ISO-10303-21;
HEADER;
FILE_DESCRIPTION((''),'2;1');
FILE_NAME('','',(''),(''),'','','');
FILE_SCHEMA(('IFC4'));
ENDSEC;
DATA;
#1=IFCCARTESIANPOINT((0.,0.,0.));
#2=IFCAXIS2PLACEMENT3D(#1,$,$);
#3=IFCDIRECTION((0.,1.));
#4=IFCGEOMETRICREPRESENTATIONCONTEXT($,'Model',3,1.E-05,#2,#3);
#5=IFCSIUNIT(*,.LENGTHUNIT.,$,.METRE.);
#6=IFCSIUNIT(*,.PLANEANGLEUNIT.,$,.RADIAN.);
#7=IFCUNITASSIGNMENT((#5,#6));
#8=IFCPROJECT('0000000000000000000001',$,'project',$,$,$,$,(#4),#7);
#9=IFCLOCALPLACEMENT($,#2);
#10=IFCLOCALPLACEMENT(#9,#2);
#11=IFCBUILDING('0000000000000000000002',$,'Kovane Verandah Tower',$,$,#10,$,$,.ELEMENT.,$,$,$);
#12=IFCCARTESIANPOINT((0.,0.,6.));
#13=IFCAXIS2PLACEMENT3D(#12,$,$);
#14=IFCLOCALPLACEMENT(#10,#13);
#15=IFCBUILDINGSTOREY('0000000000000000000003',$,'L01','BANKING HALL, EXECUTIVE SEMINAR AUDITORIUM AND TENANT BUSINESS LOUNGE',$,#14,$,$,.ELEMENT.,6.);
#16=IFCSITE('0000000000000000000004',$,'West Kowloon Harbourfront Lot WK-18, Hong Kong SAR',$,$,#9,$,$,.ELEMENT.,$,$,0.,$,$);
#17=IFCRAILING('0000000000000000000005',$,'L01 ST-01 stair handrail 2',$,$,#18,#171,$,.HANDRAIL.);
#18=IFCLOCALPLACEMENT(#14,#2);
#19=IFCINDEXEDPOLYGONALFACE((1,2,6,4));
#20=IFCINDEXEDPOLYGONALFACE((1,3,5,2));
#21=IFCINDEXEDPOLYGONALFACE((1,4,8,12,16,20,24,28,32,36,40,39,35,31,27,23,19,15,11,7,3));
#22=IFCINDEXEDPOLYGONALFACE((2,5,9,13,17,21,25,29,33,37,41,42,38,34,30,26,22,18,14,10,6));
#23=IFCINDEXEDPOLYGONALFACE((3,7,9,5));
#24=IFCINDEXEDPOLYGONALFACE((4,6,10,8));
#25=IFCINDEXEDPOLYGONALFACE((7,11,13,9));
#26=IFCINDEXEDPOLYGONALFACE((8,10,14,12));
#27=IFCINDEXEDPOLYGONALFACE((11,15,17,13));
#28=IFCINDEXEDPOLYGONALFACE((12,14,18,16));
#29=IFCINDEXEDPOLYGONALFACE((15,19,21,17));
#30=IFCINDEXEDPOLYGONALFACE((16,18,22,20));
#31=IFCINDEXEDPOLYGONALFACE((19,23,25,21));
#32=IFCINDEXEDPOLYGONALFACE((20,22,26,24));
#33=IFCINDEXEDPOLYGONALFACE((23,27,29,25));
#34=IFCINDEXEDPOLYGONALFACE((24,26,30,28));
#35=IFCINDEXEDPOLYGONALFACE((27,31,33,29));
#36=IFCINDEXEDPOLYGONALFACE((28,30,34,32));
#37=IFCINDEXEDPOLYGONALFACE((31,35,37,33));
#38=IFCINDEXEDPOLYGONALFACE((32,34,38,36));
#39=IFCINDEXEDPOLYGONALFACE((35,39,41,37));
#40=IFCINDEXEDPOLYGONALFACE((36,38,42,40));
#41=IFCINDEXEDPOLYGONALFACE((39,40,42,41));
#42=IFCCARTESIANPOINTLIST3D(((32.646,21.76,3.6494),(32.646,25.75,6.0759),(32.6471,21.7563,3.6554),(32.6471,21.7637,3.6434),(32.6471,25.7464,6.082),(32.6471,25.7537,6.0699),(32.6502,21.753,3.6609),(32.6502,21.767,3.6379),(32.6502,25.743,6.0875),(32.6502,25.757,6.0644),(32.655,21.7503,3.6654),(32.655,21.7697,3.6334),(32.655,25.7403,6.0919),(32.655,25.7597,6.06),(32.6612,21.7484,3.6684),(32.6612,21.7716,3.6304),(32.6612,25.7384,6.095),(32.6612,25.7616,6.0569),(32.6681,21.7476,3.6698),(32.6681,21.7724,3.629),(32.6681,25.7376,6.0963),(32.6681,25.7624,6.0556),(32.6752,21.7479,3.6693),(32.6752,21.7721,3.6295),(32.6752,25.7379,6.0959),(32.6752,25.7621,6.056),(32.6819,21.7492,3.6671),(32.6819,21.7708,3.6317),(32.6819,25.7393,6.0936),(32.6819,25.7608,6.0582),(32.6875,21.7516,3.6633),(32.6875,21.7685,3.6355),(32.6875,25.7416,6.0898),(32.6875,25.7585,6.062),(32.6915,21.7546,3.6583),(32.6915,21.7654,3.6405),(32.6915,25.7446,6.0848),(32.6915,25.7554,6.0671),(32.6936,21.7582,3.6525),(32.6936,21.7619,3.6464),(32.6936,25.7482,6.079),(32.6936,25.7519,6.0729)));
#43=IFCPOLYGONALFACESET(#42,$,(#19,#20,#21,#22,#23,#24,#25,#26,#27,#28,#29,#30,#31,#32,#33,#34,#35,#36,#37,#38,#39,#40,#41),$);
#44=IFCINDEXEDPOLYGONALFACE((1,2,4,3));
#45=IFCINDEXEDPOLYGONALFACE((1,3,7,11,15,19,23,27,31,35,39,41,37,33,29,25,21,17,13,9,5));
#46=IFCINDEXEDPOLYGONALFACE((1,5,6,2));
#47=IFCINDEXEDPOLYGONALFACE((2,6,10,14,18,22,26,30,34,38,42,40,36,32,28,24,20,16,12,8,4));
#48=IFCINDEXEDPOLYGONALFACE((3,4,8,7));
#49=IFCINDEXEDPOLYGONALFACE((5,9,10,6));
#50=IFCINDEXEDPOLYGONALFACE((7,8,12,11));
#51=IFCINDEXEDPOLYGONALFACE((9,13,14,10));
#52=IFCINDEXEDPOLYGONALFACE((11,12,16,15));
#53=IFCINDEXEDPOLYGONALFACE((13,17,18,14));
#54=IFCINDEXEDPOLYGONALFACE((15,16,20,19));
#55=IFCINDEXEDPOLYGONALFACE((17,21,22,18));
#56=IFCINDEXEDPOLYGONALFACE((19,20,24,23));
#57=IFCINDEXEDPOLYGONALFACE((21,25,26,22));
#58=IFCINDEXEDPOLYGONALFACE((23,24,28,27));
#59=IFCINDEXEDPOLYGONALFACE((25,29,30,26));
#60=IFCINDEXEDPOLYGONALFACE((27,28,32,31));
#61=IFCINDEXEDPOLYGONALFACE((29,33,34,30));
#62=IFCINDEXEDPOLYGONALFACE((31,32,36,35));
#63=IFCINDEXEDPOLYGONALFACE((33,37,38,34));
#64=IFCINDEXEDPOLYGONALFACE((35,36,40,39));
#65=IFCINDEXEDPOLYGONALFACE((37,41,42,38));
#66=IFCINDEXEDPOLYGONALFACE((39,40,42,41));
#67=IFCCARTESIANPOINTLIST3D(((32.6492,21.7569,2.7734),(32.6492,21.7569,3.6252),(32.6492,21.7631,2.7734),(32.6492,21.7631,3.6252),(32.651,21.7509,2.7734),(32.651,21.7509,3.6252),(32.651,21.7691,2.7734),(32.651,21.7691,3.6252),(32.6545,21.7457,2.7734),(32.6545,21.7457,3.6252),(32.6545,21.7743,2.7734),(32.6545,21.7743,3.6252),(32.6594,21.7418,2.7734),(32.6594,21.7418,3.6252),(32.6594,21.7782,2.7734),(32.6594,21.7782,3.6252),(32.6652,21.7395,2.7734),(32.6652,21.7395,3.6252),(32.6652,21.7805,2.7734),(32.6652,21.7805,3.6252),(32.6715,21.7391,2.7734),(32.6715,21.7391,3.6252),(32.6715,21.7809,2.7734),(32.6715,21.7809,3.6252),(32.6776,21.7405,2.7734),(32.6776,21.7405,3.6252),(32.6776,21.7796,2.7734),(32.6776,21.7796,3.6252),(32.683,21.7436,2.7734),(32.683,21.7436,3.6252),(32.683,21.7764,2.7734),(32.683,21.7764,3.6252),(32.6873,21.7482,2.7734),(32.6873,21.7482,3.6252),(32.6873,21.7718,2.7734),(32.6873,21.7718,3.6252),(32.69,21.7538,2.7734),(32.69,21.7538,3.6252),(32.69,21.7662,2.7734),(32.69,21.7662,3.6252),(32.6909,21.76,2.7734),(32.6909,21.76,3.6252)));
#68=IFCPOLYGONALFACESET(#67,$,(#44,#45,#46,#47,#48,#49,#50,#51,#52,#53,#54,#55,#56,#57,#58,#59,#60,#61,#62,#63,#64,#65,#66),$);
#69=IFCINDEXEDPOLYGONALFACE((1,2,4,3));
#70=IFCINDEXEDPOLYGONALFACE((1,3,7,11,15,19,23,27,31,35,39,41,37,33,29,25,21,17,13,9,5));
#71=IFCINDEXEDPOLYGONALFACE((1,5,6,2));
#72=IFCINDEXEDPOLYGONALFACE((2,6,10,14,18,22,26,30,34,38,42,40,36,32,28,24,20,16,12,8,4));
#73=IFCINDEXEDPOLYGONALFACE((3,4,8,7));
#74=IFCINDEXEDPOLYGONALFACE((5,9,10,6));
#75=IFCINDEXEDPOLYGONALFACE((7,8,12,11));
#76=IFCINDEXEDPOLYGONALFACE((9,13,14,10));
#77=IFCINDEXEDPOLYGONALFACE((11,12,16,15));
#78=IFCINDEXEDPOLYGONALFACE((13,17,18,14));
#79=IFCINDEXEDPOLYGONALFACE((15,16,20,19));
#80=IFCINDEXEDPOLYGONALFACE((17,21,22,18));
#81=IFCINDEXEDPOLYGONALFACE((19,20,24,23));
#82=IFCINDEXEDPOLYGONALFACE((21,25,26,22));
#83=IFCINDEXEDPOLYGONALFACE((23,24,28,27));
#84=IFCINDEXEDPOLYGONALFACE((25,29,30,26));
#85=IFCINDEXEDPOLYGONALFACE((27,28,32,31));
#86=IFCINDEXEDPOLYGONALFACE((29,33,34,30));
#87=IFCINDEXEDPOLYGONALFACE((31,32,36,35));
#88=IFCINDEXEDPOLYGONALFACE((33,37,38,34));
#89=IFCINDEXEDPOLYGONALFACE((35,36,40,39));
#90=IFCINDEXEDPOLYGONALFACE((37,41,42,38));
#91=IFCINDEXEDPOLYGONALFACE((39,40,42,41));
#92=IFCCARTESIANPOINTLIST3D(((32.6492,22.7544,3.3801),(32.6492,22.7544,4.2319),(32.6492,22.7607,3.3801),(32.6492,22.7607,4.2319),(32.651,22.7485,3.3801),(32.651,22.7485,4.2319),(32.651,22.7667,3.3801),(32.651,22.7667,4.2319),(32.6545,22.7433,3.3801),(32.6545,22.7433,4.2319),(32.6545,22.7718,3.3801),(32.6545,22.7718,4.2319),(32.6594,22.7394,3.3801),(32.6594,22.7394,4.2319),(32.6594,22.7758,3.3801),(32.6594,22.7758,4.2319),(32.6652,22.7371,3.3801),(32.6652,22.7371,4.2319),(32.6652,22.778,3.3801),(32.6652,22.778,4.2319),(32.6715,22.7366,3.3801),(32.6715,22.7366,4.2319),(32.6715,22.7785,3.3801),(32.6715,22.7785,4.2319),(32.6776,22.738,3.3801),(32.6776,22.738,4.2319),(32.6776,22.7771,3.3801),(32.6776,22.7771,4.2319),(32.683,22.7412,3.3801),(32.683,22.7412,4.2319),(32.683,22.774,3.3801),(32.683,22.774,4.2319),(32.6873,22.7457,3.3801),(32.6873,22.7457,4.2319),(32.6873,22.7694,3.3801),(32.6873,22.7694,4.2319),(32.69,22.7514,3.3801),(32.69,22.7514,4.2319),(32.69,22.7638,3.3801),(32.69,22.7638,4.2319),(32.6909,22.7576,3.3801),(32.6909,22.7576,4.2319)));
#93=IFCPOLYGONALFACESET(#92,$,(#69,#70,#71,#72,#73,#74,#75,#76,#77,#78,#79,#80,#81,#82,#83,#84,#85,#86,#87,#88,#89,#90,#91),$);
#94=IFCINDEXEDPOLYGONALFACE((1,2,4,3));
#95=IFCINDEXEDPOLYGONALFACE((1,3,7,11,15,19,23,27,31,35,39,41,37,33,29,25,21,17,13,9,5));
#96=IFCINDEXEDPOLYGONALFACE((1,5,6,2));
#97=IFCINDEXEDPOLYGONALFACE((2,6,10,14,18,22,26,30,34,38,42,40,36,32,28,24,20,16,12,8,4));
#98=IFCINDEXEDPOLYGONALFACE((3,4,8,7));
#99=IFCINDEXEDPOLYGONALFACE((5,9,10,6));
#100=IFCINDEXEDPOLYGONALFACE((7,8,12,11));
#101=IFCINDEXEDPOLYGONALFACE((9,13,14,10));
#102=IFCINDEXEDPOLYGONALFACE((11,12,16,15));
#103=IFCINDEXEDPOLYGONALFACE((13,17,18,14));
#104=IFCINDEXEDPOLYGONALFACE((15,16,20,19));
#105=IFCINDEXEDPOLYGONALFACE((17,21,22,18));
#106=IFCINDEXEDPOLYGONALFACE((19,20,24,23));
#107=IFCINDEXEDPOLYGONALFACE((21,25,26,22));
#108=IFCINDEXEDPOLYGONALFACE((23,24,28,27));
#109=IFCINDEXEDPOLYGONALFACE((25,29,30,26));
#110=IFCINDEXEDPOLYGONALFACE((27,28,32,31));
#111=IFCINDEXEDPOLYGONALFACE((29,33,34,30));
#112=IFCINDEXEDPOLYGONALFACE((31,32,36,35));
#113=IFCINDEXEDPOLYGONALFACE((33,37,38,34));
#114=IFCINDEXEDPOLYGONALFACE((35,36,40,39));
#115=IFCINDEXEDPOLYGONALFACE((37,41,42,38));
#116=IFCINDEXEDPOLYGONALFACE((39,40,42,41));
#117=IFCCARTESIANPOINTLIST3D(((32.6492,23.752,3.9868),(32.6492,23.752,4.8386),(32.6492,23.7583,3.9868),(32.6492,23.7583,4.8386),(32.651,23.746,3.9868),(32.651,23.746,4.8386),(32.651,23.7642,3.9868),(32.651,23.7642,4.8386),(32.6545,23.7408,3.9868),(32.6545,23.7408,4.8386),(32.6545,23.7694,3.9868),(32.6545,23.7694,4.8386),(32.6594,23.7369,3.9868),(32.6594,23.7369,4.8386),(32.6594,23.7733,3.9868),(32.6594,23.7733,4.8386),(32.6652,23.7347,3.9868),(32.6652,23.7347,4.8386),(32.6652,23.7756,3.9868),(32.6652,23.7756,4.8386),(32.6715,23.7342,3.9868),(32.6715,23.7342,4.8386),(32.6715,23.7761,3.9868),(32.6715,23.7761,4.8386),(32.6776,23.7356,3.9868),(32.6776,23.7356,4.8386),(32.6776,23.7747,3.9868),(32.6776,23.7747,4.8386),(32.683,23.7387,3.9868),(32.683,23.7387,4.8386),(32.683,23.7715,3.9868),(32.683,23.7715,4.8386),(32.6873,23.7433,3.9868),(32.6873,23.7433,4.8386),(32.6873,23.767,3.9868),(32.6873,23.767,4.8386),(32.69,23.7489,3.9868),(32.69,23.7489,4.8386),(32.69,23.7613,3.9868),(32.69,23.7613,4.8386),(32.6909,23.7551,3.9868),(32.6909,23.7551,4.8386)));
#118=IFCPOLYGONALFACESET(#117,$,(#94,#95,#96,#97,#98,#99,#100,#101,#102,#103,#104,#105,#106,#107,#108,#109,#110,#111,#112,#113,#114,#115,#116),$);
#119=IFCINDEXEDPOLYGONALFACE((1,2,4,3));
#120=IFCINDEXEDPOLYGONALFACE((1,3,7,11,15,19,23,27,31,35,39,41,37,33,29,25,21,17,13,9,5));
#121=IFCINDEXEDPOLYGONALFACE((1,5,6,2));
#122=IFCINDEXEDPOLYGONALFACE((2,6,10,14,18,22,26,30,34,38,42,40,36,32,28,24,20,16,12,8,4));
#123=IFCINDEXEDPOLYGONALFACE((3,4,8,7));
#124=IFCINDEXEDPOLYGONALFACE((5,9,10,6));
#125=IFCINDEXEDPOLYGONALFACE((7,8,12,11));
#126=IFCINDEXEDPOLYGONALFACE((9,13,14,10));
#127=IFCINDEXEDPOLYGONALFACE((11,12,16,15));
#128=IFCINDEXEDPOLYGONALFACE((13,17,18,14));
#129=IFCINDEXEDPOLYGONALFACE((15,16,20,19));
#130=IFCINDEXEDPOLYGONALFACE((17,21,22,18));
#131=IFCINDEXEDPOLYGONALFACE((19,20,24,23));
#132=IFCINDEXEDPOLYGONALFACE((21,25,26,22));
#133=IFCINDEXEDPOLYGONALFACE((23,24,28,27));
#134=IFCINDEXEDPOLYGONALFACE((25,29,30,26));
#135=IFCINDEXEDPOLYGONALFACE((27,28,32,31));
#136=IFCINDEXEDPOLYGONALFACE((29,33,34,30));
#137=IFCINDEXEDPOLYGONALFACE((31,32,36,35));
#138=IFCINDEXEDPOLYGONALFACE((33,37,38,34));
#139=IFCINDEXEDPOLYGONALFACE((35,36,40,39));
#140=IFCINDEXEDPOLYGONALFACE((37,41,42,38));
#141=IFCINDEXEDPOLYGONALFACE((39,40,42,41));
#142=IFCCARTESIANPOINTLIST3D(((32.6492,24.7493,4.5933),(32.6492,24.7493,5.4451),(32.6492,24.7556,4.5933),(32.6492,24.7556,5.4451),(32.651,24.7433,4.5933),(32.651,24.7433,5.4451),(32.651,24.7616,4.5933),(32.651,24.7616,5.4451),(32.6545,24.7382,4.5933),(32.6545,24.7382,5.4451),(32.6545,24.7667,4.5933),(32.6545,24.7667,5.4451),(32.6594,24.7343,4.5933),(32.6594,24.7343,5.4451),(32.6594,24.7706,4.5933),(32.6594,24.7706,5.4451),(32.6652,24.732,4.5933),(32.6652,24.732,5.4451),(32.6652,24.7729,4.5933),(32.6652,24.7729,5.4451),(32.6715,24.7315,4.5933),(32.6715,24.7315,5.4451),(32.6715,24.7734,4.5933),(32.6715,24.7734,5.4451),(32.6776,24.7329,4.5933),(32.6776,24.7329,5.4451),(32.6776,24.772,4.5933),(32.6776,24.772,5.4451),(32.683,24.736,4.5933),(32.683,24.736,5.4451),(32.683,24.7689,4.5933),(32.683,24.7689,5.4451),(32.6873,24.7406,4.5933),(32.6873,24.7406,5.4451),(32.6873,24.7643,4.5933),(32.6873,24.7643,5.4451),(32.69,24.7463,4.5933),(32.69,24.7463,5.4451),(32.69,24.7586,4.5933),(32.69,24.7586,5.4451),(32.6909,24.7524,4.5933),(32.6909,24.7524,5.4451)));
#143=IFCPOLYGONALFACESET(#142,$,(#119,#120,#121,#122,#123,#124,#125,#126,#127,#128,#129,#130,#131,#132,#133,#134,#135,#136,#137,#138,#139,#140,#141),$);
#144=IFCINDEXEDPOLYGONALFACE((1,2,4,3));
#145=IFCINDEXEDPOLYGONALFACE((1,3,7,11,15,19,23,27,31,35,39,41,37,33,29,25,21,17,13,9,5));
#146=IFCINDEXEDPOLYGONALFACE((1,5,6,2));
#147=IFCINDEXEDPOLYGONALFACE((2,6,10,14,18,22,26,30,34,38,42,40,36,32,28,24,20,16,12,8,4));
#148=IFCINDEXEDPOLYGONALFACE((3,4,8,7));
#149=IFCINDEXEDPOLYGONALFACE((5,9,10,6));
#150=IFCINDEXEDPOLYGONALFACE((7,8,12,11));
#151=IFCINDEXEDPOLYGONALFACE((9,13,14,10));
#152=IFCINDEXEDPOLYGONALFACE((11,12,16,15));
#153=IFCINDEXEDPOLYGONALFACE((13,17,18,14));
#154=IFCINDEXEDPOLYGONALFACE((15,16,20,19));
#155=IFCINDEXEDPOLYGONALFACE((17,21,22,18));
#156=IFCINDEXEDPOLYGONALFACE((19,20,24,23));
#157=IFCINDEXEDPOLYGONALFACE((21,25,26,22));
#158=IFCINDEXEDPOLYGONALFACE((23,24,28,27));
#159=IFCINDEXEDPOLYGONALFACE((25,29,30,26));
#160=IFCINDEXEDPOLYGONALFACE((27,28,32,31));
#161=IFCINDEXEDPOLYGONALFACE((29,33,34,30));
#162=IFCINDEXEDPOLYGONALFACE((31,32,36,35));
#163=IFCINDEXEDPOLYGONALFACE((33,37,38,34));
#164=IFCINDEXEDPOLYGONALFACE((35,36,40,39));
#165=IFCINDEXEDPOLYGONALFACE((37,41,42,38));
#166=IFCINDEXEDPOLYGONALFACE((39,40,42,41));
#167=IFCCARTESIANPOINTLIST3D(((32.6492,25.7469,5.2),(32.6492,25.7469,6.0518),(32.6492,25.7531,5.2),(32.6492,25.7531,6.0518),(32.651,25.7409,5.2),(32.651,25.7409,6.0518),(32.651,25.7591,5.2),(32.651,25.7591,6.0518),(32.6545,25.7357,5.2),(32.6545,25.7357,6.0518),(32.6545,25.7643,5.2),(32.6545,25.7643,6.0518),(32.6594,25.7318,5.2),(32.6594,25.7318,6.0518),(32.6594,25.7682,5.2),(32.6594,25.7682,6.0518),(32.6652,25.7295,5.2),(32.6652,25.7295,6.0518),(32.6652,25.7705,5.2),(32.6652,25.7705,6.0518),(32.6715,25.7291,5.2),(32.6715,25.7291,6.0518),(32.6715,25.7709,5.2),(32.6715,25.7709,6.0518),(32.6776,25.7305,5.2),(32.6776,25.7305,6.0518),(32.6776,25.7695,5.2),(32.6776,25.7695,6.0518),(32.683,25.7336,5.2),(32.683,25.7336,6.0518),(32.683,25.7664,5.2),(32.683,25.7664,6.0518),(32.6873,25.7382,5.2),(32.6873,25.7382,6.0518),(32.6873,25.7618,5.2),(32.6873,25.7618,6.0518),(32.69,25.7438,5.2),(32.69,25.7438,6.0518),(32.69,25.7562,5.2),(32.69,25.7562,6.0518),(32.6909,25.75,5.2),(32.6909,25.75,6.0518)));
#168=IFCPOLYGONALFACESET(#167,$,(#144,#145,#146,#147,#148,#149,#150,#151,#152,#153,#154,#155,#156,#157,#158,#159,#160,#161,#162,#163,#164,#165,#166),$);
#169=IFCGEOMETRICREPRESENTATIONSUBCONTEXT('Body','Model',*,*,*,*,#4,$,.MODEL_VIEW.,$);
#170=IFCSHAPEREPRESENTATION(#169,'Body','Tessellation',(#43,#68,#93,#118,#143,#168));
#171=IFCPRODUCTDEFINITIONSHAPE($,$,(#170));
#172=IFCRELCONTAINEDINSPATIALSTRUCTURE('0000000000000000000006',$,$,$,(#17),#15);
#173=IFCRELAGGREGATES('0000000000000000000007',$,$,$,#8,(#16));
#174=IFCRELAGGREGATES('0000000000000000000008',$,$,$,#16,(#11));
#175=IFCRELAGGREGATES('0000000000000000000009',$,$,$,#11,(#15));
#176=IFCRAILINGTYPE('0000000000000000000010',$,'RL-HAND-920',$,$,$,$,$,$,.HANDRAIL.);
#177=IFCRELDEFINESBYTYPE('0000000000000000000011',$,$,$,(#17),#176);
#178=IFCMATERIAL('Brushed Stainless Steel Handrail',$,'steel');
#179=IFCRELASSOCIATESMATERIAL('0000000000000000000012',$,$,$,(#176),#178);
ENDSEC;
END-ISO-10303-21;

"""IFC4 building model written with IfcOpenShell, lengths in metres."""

from ifc_helpers import new_model, si_unit, direction, frame, origin, origin_2d, place, context, subcontext, project, spatial, circle, extrude, material, type_object, element, save


model = new_model("IFC4")

# Units and contexts
model_context = context("Model", 3, precision=1e-05, world=origin(), true_north=direction((0.0, 1.0)))
body_context = subcontext(model_context, "Body", "Model", "MODEL_VIEW")
ifc_project = project(units=[si_unit("LENGTHUNIT", "METRE"), si_unit("PLANEANGLEUNIT", "RADIAN")], contexts=[model_context])

# Site, building, storey
site_placement = place(None, origin())
site = spatial("IfcSite", under=ifc_project, at=site_placement, Name="West Kowloon Harbourfront Lot WK-18, Hong Kong SAR", CompositionType="ELEMENT", RefElevation=0.0)
building_placement = place(site_placement, origin())
building = spatial("IfcBuilding", under=site, at=building_placement, Name="Kovane Verandah Tower", CompositionType="ELEMENT")
storey_placement = place(building_placement, frame((0.0, 0.0, 6.0)))
storey = spatial("IfcBuildingStorey", under=building, at=storey_placement, Name="L01", Description="BANKING HALL, EXECUTIVE SEMINAR AUDITORIUM AND TENANT BUSINESS LOUNGE", CompositionType="ELEMENT", Elevation=6.0)

# Railing
ifc_material_1 = material(Name="Brushed Stainless Steel Handrail", Category="steel")
railing_type_1 = type_object("IfcRailingType", Name="RL-HAND-920", PredefinedType="HANDRAIL", material=ifc_material_1)
railing_1_placement = place(storey_placement, frame((32.6699, 21.76, 2.7734)))
element("IfcRailing", 1, at=railing_1_placement, inside=storey, type_object=railing_type_1, Name="L01 ST-01 stair handrail 2", PredefinedType="HANDRAIL", context=body_context, shape_type="SweptSolid", body=[
    extrude(circle(Radius=0.0239, at=origin_2d()), frame((0.0, 0.0, 0.876), z_axis=(0.0, 0.854405, 0.519607), x_axis=(-1.0, 0.0, 0.0)), (0.0, 0.0, 1.0), 4.6699),
    extrude(circle(Radius=0.021, at=origin_2d()), origin(), (0.0, 0.0, 1.0), 0.8518),
    extrude(circle(Radius=0.021, at=origin_2d()), frame((0.0, 0.9976, 0.6067)), (0.0, 0.0, 1.0), 0.8518),
    extrude(circle(Radius=0.021, at=origin_2d()), frame((0.0, 1.9951, 1.2134)), (0.0, 0.0, 1.0), 0.8518),
    extrude(circle(Radius=0.021, at=origin_2d()), frame((0.0, 2.9924, 1.8198)), (0.0, 0.0, 1.0), 0.8518),
    extrude(circle(Radius=0.021, at=origin_2d()), frame((0.0, 3.99, 2.4265)), (0.0, 0.0, 1.0), 0.8518),
])

save(model, "model.ifc")
